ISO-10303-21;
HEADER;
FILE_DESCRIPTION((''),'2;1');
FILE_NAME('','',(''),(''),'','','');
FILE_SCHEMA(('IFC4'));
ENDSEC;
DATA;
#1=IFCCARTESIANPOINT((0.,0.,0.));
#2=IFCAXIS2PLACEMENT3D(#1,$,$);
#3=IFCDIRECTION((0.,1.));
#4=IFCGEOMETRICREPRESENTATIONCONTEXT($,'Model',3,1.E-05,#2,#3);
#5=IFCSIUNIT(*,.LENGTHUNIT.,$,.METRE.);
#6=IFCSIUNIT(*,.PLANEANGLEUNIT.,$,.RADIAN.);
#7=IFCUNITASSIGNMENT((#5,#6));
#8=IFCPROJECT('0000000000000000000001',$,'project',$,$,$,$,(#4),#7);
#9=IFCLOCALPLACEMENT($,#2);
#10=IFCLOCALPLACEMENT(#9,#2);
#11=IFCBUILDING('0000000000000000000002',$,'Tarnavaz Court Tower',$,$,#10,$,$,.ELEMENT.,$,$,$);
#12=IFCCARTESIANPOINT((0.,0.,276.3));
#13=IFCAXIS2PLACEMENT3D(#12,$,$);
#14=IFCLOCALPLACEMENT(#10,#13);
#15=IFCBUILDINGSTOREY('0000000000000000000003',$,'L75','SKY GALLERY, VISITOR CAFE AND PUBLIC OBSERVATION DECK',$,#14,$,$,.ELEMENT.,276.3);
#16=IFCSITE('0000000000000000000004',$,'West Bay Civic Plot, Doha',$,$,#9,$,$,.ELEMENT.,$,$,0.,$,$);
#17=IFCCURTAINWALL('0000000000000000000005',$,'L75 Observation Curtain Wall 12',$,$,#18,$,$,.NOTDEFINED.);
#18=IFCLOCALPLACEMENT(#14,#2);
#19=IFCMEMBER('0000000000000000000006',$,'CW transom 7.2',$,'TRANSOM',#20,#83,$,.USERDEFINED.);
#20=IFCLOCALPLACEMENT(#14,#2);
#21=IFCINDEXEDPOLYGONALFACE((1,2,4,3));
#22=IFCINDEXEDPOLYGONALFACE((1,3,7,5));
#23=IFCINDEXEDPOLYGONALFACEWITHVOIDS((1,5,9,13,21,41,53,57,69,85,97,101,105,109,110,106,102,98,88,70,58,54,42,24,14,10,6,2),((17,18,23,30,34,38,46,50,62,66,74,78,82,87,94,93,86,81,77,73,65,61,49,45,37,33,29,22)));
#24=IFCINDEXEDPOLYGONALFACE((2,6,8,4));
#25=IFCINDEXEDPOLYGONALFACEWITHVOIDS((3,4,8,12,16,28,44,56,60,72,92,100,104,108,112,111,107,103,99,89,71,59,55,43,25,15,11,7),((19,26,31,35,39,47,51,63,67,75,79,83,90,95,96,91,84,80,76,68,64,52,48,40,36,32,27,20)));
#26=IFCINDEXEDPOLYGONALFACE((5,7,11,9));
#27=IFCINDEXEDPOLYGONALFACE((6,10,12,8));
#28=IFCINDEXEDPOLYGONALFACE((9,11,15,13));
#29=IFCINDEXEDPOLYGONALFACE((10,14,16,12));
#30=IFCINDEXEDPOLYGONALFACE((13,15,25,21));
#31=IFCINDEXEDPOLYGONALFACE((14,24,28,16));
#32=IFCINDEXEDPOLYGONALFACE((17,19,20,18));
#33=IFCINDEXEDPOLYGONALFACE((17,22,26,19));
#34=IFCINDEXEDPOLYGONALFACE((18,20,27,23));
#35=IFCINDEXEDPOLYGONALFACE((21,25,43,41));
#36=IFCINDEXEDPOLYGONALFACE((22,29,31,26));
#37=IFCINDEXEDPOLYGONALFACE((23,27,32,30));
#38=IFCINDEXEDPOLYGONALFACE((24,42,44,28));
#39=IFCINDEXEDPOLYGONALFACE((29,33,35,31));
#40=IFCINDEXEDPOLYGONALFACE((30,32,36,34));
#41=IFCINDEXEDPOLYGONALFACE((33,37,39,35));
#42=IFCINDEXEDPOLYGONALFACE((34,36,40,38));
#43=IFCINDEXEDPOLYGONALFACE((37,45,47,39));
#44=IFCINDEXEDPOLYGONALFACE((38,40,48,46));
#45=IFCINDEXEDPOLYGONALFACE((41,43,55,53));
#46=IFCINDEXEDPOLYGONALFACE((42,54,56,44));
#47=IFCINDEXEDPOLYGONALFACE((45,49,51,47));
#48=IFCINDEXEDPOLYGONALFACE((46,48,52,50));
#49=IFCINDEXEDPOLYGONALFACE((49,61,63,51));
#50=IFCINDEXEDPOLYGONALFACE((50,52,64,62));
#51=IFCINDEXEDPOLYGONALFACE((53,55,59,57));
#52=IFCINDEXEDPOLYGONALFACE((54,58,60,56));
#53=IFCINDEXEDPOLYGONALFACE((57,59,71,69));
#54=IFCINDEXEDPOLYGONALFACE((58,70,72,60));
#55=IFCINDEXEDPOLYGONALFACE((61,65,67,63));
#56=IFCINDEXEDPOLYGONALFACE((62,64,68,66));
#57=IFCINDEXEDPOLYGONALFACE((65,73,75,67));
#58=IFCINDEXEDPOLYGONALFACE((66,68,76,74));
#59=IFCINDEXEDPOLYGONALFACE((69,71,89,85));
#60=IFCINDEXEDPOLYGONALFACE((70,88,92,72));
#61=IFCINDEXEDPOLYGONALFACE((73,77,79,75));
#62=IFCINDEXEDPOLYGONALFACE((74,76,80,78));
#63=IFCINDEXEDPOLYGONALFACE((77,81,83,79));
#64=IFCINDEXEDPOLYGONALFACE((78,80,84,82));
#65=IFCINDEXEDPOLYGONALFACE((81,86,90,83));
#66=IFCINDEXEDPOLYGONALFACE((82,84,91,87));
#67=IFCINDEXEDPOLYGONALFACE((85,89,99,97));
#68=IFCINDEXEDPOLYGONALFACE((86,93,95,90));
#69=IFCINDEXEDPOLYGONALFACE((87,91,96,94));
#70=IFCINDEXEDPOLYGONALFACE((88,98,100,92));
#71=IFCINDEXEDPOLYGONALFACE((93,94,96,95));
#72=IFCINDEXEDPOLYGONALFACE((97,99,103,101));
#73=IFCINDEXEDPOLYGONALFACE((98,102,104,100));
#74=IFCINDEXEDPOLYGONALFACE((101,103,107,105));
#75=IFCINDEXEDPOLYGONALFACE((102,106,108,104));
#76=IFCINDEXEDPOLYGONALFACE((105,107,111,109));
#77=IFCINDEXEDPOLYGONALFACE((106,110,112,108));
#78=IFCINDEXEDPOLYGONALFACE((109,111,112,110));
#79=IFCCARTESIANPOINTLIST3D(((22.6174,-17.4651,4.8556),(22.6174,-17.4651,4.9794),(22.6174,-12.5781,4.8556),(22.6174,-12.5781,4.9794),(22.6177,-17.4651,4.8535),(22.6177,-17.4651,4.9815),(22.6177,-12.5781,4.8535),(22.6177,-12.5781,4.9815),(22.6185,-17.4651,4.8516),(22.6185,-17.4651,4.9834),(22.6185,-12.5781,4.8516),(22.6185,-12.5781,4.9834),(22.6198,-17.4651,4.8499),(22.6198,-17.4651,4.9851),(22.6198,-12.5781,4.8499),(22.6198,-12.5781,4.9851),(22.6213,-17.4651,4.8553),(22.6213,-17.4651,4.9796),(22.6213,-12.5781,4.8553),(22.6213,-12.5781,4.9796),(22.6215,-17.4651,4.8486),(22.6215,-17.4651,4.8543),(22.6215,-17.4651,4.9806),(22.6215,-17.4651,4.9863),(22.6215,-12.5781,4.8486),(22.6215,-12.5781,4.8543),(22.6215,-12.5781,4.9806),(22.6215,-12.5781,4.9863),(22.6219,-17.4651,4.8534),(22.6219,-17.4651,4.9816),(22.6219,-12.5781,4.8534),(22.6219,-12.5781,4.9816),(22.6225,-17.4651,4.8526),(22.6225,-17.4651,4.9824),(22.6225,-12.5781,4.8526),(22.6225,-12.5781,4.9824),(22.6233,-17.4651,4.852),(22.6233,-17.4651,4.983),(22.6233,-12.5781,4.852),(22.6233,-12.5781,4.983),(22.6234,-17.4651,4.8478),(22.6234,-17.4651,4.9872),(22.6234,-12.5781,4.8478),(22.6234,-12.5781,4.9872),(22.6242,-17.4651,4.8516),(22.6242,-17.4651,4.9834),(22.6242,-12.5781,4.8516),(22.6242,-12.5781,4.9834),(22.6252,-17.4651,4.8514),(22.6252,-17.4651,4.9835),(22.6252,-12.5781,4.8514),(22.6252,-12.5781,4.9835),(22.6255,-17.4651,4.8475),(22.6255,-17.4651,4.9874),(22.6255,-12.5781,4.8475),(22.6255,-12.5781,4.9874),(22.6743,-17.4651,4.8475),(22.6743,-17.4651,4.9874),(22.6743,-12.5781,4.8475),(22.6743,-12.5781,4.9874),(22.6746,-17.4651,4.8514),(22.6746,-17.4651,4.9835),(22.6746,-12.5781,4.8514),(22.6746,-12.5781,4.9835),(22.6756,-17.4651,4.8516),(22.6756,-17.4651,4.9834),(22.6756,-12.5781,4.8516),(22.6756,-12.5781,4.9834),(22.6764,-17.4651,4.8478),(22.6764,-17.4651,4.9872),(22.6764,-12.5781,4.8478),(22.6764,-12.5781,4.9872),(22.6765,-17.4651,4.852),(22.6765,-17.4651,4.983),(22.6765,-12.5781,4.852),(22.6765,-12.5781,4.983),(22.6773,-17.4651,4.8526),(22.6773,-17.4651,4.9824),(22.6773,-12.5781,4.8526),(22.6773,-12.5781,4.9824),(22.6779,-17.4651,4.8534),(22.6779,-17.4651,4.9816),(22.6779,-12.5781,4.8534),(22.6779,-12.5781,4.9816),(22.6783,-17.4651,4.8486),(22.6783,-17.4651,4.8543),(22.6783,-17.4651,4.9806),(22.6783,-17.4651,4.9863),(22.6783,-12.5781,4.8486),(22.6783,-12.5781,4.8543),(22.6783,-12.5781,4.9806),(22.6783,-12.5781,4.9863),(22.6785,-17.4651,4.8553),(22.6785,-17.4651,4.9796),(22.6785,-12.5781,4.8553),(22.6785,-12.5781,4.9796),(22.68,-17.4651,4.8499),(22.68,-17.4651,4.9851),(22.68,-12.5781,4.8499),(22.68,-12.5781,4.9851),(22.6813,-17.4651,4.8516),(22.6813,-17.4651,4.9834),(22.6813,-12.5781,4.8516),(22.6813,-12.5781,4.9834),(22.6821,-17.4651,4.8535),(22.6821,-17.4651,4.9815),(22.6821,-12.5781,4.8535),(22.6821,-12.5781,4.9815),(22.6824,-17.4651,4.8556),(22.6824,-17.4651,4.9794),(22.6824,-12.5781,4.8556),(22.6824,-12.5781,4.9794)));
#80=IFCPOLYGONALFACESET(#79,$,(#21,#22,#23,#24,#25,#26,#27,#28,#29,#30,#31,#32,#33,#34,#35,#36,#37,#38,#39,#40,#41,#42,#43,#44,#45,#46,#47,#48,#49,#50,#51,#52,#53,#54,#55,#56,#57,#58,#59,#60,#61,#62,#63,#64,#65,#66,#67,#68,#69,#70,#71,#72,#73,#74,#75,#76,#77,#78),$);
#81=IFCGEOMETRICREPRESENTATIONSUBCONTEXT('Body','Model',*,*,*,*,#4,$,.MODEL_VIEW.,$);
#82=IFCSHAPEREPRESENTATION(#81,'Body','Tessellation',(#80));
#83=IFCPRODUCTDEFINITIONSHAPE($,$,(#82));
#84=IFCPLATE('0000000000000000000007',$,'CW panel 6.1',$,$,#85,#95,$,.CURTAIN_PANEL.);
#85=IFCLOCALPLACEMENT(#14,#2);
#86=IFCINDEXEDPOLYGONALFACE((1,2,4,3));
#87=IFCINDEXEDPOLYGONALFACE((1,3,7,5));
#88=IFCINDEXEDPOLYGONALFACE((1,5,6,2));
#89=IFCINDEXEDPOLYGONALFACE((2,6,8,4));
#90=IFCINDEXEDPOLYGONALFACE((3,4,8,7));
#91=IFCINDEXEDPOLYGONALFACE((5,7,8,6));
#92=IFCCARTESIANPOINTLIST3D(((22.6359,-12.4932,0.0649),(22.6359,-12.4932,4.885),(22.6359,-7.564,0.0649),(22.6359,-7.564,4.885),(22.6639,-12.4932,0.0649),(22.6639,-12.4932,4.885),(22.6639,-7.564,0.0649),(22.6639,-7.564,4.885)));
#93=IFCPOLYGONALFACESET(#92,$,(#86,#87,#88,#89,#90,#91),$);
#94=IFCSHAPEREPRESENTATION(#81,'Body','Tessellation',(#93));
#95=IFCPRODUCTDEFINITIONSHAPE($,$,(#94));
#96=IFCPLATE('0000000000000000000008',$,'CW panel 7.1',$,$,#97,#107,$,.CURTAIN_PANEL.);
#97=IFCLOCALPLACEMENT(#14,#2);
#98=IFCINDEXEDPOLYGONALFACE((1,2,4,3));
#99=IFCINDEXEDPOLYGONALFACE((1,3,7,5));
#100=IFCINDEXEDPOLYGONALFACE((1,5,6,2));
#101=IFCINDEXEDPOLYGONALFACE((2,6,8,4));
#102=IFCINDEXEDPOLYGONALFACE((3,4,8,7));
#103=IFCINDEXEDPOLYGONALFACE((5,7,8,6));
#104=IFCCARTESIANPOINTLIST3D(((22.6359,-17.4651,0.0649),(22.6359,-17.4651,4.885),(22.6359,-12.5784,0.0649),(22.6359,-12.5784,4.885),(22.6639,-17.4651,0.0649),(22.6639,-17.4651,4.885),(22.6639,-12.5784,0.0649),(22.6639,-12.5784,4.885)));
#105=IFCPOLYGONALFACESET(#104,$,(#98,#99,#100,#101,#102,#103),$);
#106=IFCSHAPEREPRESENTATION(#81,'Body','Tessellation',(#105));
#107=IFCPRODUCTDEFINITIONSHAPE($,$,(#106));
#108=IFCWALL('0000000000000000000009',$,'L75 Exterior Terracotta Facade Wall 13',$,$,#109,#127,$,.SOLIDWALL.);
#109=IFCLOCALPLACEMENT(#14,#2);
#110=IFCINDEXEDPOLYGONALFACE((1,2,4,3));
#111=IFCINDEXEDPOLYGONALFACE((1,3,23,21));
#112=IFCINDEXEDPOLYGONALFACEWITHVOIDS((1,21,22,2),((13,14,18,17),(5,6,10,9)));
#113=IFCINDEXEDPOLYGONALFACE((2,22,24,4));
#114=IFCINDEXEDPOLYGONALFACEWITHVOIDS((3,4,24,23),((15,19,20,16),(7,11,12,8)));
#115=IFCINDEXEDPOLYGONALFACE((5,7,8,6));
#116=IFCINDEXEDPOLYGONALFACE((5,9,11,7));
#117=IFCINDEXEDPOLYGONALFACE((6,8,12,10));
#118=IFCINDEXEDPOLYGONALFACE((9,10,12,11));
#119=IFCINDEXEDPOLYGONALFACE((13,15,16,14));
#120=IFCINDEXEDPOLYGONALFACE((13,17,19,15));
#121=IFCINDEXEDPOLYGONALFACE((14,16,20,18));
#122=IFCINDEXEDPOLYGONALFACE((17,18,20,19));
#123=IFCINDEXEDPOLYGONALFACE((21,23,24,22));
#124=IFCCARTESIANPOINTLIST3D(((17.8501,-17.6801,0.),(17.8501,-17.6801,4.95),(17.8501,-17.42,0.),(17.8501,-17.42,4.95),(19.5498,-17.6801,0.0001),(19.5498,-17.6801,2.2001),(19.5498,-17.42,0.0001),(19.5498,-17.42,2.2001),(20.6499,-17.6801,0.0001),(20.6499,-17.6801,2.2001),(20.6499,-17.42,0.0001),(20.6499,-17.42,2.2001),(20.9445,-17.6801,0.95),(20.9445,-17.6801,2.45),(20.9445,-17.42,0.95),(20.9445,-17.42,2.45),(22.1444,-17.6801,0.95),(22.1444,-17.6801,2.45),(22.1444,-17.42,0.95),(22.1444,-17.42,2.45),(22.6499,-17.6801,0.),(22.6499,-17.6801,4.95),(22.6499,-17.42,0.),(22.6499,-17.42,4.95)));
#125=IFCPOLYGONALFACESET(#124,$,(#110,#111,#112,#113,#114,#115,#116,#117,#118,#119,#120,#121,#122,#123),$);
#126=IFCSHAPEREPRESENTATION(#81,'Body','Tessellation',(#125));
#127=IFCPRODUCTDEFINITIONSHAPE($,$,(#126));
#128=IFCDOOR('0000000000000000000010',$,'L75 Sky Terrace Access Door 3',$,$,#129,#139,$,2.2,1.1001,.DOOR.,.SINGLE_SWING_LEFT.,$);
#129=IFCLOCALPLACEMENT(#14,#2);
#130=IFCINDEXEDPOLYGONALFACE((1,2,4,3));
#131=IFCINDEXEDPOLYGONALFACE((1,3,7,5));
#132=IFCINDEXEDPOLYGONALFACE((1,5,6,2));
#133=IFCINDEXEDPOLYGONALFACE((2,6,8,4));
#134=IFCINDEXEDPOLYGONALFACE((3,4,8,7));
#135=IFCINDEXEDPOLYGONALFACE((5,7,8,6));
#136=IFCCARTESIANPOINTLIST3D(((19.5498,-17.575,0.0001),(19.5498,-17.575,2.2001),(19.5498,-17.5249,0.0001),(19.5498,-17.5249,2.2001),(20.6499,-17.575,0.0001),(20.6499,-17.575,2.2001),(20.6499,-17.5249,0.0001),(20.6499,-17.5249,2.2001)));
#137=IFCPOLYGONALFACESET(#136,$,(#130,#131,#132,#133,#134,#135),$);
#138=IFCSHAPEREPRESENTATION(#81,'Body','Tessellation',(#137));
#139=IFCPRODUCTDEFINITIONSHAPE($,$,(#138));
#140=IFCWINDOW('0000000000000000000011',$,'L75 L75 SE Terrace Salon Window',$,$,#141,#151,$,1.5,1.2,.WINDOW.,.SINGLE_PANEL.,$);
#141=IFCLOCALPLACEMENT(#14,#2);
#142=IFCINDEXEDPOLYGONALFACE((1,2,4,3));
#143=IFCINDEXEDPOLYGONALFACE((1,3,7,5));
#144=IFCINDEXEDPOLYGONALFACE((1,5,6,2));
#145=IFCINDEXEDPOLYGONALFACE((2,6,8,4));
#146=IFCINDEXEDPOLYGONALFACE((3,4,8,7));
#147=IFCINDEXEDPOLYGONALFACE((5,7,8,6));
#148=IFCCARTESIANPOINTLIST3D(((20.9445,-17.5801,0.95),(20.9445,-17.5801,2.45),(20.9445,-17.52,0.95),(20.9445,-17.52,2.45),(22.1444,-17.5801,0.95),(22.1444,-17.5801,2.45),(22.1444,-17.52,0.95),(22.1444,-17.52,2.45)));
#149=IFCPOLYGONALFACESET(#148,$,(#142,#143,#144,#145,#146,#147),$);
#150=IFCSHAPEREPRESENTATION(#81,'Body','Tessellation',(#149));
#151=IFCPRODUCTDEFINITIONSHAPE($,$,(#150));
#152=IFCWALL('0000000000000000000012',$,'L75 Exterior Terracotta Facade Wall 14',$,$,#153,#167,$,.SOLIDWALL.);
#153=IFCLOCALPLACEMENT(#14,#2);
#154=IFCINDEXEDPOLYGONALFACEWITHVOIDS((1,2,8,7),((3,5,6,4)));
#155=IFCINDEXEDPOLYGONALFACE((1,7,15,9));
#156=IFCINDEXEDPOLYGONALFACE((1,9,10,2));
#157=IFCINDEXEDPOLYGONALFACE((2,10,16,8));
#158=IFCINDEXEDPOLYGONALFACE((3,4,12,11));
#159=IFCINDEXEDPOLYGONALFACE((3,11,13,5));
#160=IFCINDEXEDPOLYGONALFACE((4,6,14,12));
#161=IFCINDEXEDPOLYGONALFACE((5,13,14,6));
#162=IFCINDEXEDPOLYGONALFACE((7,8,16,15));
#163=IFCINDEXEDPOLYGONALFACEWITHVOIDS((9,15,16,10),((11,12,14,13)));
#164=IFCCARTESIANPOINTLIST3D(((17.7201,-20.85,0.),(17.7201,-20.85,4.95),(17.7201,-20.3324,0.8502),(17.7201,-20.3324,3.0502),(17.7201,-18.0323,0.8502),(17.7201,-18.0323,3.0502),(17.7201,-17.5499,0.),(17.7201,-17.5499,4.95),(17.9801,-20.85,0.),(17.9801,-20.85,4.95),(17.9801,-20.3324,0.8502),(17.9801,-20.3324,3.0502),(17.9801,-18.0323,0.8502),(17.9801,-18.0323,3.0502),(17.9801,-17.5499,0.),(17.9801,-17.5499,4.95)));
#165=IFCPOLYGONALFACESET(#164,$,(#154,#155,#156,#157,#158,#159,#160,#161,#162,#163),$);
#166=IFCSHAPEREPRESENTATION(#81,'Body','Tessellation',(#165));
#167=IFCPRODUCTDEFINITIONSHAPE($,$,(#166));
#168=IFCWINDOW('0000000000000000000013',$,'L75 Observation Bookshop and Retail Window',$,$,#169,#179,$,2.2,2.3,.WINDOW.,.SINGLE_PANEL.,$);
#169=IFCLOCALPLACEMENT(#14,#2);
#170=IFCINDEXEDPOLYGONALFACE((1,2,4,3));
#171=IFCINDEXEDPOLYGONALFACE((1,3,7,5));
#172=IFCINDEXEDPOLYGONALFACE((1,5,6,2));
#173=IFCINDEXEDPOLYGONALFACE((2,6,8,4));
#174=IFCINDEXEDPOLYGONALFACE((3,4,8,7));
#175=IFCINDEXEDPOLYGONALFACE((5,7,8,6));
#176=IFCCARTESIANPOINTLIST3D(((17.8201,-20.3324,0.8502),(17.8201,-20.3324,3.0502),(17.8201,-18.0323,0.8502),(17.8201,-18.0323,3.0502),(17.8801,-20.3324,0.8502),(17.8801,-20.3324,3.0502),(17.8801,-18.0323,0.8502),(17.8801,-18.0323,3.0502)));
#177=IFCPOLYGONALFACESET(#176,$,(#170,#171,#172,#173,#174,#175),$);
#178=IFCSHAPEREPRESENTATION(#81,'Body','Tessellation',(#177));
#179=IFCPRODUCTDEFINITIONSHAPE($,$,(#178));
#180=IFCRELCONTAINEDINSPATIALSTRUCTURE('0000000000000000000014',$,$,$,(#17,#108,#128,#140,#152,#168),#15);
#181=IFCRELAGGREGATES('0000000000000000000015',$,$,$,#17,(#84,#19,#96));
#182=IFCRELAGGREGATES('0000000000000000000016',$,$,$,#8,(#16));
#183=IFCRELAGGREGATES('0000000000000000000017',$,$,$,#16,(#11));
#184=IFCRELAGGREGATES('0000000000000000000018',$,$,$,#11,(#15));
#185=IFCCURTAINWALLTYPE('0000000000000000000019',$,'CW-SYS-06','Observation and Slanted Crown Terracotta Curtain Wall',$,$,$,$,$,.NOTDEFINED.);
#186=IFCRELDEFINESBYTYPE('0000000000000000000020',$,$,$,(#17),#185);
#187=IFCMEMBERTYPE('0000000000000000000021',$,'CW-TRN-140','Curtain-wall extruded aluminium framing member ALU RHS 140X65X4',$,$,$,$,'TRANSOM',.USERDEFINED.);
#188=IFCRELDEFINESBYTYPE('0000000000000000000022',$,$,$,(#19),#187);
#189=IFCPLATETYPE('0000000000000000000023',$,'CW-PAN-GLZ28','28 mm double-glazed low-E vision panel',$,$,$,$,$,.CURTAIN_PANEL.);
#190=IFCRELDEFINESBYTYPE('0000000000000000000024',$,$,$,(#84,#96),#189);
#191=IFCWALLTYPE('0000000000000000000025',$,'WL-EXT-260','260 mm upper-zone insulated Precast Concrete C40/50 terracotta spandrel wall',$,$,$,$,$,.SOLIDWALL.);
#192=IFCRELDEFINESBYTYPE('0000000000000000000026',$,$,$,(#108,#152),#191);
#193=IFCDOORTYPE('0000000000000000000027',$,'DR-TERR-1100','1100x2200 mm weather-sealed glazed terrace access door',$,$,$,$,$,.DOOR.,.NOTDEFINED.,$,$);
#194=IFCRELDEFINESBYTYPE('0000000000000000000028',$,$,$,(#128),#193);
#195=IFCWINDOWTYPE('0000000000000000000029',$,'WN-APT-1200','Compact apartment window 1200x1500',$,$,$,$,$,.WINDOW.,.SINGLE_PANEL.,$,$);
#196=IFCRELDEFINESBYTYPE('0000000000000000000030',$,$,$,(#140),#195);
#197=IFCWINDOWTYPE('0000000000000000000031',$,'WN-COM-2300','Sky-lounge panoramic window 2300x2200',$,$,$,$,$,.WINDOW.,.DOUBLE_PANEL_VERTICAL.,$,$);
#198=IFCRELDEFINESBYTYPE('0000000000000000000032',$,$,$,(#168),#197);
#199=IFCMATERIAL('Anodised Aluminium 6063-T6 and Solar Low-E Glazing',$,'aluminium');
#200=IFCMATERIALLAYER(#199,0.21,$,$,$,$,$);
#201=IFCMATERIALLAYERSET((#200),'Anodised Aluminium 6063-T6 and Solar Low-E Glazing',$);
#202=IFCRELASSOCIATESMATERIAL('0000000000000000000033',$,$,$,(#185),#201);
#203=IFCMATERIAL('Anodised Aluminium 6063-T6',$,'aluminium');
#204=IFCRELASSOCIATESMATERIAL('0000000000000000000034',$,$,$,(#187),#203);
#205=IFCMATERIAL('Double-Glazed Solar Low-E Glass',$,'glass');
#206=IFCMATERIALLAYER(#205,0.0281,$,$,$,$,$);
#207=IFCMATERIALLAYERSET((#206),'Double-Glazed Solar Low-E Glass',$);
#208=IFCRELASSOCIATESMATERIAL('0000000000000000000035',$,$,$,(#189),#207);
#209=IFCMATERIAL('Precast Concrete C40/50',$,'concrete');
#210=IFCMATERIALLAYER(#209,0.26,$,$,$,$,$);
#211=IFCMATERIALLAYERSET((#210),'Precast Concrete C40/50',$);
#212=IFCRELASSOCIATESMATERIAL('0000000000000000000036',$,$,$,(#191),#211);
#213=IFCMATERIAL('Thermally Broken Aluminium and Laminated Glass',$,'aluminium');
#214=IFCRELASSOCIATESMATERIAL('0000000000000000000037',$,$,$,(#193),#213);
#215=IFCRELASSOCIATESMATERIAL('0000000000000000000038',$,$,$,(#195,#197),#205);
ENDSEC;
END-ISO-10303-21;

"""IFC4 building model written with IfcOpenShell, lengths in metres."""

from ifc_helpers import new_model, si_unit, direction, frame, frame_2d, origin, origin_2d, place, context, subcontext, project, spatial, rectangle, hollow_rectangle, extrude, material, layer, layer_set, material_profile, profile_set, type_object, element, fill, aggregate, save


model = new_model("IFC4")

# Units and contexts
model_context = context("Model", 3, precision=1e-05, world=origin(), true_north=direction((0.0, 1.0)))
body_context = subcontext(model_context, "Body", "Model", "MODEL_VIEW")
ifc_project = project(units=[si_unit("LENGTHUNIT", "METRE"), si_unit("PLANEANGLEUNIT", "RADIAN")], contexts=[model_context])

# Site, building, storey
site_placement = place(None, origin())
site = spatial("IfcSite", under=ifc_project, at=site_placement, Name="West Bay Civic Plot, Doha", CompositionType="ELEMENT", RefElevation=0.0)
building_placement = place(site_placement, origin())
building = spatial("IfcBuilding", under=site, at=building_placement, Name="Tarnavaz Court Tower", CompositionType="ELEMENT")
storey_placement = place(building_placement, frame((0.0, 0.0, 276.3)))
storey = spatial("IfcBuildingStorey", under=building, at=storey_placement, Name="L75", Description="SKY GALLERY, VISITOR CAFE AND PUBLIC OBSERVATION DECK", CompositionType="ELEMENT", Elevation=276.3)

# Curtain wall, member, plates
ifc_material_1 = material(Name="Anodised Aluminium 6063-T6 and Solar Low-E Glazing", Category="aluminium")
ifc_layer_1 = layer(ifc_material_1, 0.21)
ifc_layer_set_1 = layer_set([ifc_layer_1], Name="Anodised Aluminium 6063-T6 and Solar Low-E Glazing")
curtain_wall_type = type_object("IfcCurtainWallType", Name="CW-SYS-06", Description="Observation and Slanted Crown Terracotta Curtain Wall", PredefinedType="NOTDEFINED", material=ifc_layer_set_1)
curtain_wall_placement = place(storey_placement, origin())
curtain_wall = element("IfcCurtainWall", 1, at=curtain_wall_placement, inside=storey, type_object=curtain_wall_type, Name="L75 Observation Curtain Wall 12", PredefinedType="NOTDEFINED")
ifc_material_2 = material(Name="Anodised Aluminium 6063-T6", Category="aluminium")
ifc_material_profile_1 = material_profile(ifc_material_2, hollow_rectangle(XDim=0.0649, YDim=0.1399, WallThickness=0.0039, InnerFilletRadius=0.0039, OuterFilletRadius=0.0081, at=origin_2d()), Name="ALU RHS 140X65X4")
ifc_profile_set_1 = profile_set([ifc_material_profile_1], Name="Anodised Aluminium 6063-T6")
member_type_1 = type_object("IfcMemberType", Name="CW-TRN-140", Description="Curtain-wall extruded aluminium framing member ALU RHS 140X65X4", ElementType="TRANSOM", PredefinedType="USERDEFINED", material=ifc_profile_set_1)
member_1_placement = place(storey_placement, frame((22.6499, -12.5781, 4.9175), z_axis=(0.0, -1.0, 0.0), x_axis=(1.0, 0.0, 0.0)))
member_1 = element("IfcMember", 2, at=member_1_placement, type_object=member_type_1, Name="CW transom 7.2", ObjectType="TRANSOM", PredefinedType="USERDEFINED", context=body_context, shape_type="SweptSolid", body=[
    extrude(hollow_rectangle(XDim=0.0649, YDim=0.1399, WallThickness=0.0039, InnerFilletRadius=0.0039, OuterFilletRadius=0.0081, at=origin_2d()), origin(), (0.0, 0.0, 1.0), 4.887),
])
ifc_material_3 = material(Name="Double-Glazed Solar Low-E Glass", Category="glass")
ifc_layer_2 = layer(ifc_material_3, 0.0281)
ifc_layer_set_2 = layer_set([ifc_layer_2], Name="Double-Glazed Solar Low-E Glass")
plate_type = type_object("IfcPlateType", Name="CW-PAN-GLZ28", Description="28 mm double-glazed low-E vision panel", PredefinedType="CURTAIN_PANEL", material=ifc_layer_set_2)
plate_1_placement = place(storey_placement, frame((22.6499, -10.0286, 0.0649), z_axis=(0.0, 0.0, 1.0), x_axis=(0.0, -1.0, 0.0)))
plate_1 = element("IfcPlate", 3, at=plate_1_placement, type_object=plate_type, Name="CW panel 6.1", PredefinedType="CURTAIN_PANEL", context=body_context, shape_type="SweptSolid", body=[
    extrude(rectangle(XDim=4.9292, YDim=0.0281, at=origin_2d()), origin(), (0.0, 0.0, 1.0), 4.8201),
])
plate_2_placement = place(storey_placement, frame((22.6499, -15.0217, 0.0649), z_axis=(0.0, 0.0, 1.0), x_axis=(0.0, -1.0, 0.0)))
plate_2 = element("IfcPlate", 4, at=plate_2_placement, type_object=plate_type, Name="CW panel 7.1", PredefinedType="CURTAIN_PANEL", context=body_context, shape_type="SweptSolid", body=[
    extrude(rectangle(XDim=4.8867, YDim=0.0281, at=origin_2d()), origin(), (0.0, 0.0, 1.0), 4.8201),
])
aggregate(curtain_wall, [plate_1, member_1, plate_2])

# Wall, openings, door, window
ifc_material_4 = material(Name="Precast Concrete C40/50", Category="concrete")
ifc_layer_3 = layer(ifc_material_4, 0.26)
ifc_layer_set_3 = layer_set([ifc_layer_3], Name="Precast Concrete C40/50")
wall_type_1 = type_object("IfcWallType", Name="WL-EXT-260", Description="260 mm upper-zone insulated Precast Concrete C40/50 terracotta spandrel wall", PredefinedType="SOLIDWALL", material=ifc_layer_set_3)
wall_1_placement = place(storey_placement, frame((22.6499, -17.55, 0.0), z_axis=(0.0, 0.0, 1.0), x_axis=(-1.0, 0.0, 0.0)))
wall_1 = element("IfcWall", 5, at=wall_1_placement, inside=storey, type_object=wall_type_1, Name="L75 Exterior Terracotta Facade Wall 13", PredefinedType="SOLIDWALL", context=body_context, shape_type="SweptSolid", body=[
    extrude(rectangle(XDim=4.7998, YDim=0.26, at=frame_2d((2.3999, 0.0))), origin(), (0.0, 0.0, 1.0), 4.95),
])
opening_1_placement = place(wall_1_placement, frame((2.0, 0.0, 0.0)))
opening_1 = element("IfcOpeningElement", 6, at=opening_1_placement, cuts=wall_1, PredefinedType="OPENING", context=body_context, shape_type="SweptSolid", body=[
    extrude(rectangle(XDim=1.1001, YDim=2.2, at=frame_2d((0.55, 1.1001))), frame((0.0, 0.1399, 0.0), z_axis=(0.0, -1.0, 0.0), x_axis=(1.0, 0.0, 0.0)), (0.0, 0.0, 1.0), 0.28),
])
opening_2_placement = place(wall_1_placement, frame((0.5054, 0.0, 0.95)))
opening_2 = element("IfcOpeningElement", 7, at=opening_2_placement, cuts=wall_1, PredefinedType="OPENING", context=body_context, shape_type="SweptSolid", body=[
    extrude(rectangle(XDim=1.2, YDim=1.5, at=frame_2d((0.6001, 0.75))), frame((0.0, 0.1399, 0.0), z_axis=(0.0, -1.0, 0.0), x_axis=(1.0, 0.0, 0.0)), (0.0, 0.0, 1.0), 0.28),
])
ifc_material_5 = material(Name="Thermally Broken Aluminium and Laminated Glass", Category="aluminium")
door_type_1 = type_object("IfcDoorType", Name="DR-TERR-1100", Description="1100x2200 mm weather-sealed glazed terrace access door", OperationType="NOTDEFINED", PredefinedType="DOOR", material=ifc_material_5)
door_1_placement = place(opening_1_placement, origin())
door_1 = element("IfcDoor", 8, at=door_1_placement, inside=storey, type_object=door_type_1, Name="L75 Sky Terrace Access Door 3", OperationType="SINGLE_SWING_LEFT", OverallHeight=2.2, OverallWidth=1.1001, PredefinedType="DOOR", context=body_context, shape_type="SweptSolid", body=[
    extrude(rectangle(XDim=1.1001, YDim=2.2, at=frame_2d((0.55, 1.1001))), frame((0.0, 0.0249, 0.0), z_axis=(0.0, -1.0, 0.0), x_axis=(1.0, 0.0, 0.0)), (0.0, 0.0, 1.0), 0.05),
])
fill(opening_1, door_1)
window_type_1 = type_object("IfcWindowType", Name="WN-APT-1200", Description="Compact apartment window 1200x1500", PartitioningType="SINGLE_PANEL", PredefinedType="WINDOW", material=ifc_material_3)
window_1_placement = place(opening_2_placement, origin())
window_1 = element("IfcWindow", 9, at=window_1_placement, inside=storey, type_object=window_type_1, Name="L75 L75 SE Terrace Salon Window", OverallHeight=1.5, OverallWidth=1.2, PartitioningType="SINGLE_PANEL", PredefinedType="WINDOW", context=body_context, shape_type="SweptSolid", body=[
    extrude(rectangle(XDim=1.2, YDim=1.5, at=frame_2d((0.6001, 0.75))), frame((0.0, 0.03, 0.0), z_axis=(0.0, -1.0, 0.0), x_axis=(1.0, 0.0, 0.0)), (0.0, 0.0, 1.0), 0.0601),
])
fill(opening_2, window_1)

# Wall, opening, window
wall_2_placement = place(storey_placement, frame((17.8501, -17.55, 0.0), z_axis=(0.0, 0.0, 1.0), x_axis=(0.0, -1.0, 0.0)))
wall_2 = element("IfcWall", 10, at=wall_2_placement, inside=storey, type_object=wall_type_1, Name="L75 Exterior Terracotta Facade Wall 14", PredefinedType="SOLIDWALL", context=body_context, shape_type="SweptSolid", body=[
    extrude(rectangle(XDim=3.3, YDim=0.26, at=frame_2d((1.6499, 0.0))), origin(), (0.0, 0.0, 1.0), 4.95),
])
opening_3_placement = place(wall_2_placement, frame((0.4824, 0.0, 0.8501)))
opening_3 = element("IfcOpeningElement", 11, at=opening_3_placement, cuts=wall_2, PredefinedType="OPENING", context=body_context, shape_type="SweptSolid", body=[
    extrude(rectangle(XDim=2.3, YDim=2.2, at=frame_2d((1.1499, 1.1001))), frame((0.0, 0.1399, 0.0), z_axis=(0.0, -1.0, 0.0), x_axis=(1.0, 0.0, 0.0)), (0.0, 0.0, 1.0), 0.28),
])
window_type_2 = type_object("IfcWindowType", Name="WN-COM-2300", Description="Sky-lounge panoramic window 2300x2200", PartitioningType="DOUBLE_PANEL_VERTICAL", PredefinedType="WINDOW", material=ifc_material_3)
window_2_placement = place(opening_3_placement, origin())
window_2 = element("IfcWindow", 12, at=window_2_placement, inside=storey, type_object=window_type_2, Name="L75 Observation Bookshop and Retail Window", OverallHeight=2.2, OverallWidth=2.3, PartitioningType="SINGLE_PANEL", PredefinedType="WINDOW", context=body_context, shape_type="SweptSolid", body=[
    extrude(rectangle(XDim=2.3, YDim=2.2, at=frame_2d((1.1499, 1.1001))), frame((0.0, 0.03, 0.0), z_axis=(0.0, -1.0, 0.0), x_axis=(1.0, 0.0, 0.0)), (0.0, 0.0, 1.0), 0.0601),
])
fill(opening_3, window_2)

save(model, "model.ifc")
